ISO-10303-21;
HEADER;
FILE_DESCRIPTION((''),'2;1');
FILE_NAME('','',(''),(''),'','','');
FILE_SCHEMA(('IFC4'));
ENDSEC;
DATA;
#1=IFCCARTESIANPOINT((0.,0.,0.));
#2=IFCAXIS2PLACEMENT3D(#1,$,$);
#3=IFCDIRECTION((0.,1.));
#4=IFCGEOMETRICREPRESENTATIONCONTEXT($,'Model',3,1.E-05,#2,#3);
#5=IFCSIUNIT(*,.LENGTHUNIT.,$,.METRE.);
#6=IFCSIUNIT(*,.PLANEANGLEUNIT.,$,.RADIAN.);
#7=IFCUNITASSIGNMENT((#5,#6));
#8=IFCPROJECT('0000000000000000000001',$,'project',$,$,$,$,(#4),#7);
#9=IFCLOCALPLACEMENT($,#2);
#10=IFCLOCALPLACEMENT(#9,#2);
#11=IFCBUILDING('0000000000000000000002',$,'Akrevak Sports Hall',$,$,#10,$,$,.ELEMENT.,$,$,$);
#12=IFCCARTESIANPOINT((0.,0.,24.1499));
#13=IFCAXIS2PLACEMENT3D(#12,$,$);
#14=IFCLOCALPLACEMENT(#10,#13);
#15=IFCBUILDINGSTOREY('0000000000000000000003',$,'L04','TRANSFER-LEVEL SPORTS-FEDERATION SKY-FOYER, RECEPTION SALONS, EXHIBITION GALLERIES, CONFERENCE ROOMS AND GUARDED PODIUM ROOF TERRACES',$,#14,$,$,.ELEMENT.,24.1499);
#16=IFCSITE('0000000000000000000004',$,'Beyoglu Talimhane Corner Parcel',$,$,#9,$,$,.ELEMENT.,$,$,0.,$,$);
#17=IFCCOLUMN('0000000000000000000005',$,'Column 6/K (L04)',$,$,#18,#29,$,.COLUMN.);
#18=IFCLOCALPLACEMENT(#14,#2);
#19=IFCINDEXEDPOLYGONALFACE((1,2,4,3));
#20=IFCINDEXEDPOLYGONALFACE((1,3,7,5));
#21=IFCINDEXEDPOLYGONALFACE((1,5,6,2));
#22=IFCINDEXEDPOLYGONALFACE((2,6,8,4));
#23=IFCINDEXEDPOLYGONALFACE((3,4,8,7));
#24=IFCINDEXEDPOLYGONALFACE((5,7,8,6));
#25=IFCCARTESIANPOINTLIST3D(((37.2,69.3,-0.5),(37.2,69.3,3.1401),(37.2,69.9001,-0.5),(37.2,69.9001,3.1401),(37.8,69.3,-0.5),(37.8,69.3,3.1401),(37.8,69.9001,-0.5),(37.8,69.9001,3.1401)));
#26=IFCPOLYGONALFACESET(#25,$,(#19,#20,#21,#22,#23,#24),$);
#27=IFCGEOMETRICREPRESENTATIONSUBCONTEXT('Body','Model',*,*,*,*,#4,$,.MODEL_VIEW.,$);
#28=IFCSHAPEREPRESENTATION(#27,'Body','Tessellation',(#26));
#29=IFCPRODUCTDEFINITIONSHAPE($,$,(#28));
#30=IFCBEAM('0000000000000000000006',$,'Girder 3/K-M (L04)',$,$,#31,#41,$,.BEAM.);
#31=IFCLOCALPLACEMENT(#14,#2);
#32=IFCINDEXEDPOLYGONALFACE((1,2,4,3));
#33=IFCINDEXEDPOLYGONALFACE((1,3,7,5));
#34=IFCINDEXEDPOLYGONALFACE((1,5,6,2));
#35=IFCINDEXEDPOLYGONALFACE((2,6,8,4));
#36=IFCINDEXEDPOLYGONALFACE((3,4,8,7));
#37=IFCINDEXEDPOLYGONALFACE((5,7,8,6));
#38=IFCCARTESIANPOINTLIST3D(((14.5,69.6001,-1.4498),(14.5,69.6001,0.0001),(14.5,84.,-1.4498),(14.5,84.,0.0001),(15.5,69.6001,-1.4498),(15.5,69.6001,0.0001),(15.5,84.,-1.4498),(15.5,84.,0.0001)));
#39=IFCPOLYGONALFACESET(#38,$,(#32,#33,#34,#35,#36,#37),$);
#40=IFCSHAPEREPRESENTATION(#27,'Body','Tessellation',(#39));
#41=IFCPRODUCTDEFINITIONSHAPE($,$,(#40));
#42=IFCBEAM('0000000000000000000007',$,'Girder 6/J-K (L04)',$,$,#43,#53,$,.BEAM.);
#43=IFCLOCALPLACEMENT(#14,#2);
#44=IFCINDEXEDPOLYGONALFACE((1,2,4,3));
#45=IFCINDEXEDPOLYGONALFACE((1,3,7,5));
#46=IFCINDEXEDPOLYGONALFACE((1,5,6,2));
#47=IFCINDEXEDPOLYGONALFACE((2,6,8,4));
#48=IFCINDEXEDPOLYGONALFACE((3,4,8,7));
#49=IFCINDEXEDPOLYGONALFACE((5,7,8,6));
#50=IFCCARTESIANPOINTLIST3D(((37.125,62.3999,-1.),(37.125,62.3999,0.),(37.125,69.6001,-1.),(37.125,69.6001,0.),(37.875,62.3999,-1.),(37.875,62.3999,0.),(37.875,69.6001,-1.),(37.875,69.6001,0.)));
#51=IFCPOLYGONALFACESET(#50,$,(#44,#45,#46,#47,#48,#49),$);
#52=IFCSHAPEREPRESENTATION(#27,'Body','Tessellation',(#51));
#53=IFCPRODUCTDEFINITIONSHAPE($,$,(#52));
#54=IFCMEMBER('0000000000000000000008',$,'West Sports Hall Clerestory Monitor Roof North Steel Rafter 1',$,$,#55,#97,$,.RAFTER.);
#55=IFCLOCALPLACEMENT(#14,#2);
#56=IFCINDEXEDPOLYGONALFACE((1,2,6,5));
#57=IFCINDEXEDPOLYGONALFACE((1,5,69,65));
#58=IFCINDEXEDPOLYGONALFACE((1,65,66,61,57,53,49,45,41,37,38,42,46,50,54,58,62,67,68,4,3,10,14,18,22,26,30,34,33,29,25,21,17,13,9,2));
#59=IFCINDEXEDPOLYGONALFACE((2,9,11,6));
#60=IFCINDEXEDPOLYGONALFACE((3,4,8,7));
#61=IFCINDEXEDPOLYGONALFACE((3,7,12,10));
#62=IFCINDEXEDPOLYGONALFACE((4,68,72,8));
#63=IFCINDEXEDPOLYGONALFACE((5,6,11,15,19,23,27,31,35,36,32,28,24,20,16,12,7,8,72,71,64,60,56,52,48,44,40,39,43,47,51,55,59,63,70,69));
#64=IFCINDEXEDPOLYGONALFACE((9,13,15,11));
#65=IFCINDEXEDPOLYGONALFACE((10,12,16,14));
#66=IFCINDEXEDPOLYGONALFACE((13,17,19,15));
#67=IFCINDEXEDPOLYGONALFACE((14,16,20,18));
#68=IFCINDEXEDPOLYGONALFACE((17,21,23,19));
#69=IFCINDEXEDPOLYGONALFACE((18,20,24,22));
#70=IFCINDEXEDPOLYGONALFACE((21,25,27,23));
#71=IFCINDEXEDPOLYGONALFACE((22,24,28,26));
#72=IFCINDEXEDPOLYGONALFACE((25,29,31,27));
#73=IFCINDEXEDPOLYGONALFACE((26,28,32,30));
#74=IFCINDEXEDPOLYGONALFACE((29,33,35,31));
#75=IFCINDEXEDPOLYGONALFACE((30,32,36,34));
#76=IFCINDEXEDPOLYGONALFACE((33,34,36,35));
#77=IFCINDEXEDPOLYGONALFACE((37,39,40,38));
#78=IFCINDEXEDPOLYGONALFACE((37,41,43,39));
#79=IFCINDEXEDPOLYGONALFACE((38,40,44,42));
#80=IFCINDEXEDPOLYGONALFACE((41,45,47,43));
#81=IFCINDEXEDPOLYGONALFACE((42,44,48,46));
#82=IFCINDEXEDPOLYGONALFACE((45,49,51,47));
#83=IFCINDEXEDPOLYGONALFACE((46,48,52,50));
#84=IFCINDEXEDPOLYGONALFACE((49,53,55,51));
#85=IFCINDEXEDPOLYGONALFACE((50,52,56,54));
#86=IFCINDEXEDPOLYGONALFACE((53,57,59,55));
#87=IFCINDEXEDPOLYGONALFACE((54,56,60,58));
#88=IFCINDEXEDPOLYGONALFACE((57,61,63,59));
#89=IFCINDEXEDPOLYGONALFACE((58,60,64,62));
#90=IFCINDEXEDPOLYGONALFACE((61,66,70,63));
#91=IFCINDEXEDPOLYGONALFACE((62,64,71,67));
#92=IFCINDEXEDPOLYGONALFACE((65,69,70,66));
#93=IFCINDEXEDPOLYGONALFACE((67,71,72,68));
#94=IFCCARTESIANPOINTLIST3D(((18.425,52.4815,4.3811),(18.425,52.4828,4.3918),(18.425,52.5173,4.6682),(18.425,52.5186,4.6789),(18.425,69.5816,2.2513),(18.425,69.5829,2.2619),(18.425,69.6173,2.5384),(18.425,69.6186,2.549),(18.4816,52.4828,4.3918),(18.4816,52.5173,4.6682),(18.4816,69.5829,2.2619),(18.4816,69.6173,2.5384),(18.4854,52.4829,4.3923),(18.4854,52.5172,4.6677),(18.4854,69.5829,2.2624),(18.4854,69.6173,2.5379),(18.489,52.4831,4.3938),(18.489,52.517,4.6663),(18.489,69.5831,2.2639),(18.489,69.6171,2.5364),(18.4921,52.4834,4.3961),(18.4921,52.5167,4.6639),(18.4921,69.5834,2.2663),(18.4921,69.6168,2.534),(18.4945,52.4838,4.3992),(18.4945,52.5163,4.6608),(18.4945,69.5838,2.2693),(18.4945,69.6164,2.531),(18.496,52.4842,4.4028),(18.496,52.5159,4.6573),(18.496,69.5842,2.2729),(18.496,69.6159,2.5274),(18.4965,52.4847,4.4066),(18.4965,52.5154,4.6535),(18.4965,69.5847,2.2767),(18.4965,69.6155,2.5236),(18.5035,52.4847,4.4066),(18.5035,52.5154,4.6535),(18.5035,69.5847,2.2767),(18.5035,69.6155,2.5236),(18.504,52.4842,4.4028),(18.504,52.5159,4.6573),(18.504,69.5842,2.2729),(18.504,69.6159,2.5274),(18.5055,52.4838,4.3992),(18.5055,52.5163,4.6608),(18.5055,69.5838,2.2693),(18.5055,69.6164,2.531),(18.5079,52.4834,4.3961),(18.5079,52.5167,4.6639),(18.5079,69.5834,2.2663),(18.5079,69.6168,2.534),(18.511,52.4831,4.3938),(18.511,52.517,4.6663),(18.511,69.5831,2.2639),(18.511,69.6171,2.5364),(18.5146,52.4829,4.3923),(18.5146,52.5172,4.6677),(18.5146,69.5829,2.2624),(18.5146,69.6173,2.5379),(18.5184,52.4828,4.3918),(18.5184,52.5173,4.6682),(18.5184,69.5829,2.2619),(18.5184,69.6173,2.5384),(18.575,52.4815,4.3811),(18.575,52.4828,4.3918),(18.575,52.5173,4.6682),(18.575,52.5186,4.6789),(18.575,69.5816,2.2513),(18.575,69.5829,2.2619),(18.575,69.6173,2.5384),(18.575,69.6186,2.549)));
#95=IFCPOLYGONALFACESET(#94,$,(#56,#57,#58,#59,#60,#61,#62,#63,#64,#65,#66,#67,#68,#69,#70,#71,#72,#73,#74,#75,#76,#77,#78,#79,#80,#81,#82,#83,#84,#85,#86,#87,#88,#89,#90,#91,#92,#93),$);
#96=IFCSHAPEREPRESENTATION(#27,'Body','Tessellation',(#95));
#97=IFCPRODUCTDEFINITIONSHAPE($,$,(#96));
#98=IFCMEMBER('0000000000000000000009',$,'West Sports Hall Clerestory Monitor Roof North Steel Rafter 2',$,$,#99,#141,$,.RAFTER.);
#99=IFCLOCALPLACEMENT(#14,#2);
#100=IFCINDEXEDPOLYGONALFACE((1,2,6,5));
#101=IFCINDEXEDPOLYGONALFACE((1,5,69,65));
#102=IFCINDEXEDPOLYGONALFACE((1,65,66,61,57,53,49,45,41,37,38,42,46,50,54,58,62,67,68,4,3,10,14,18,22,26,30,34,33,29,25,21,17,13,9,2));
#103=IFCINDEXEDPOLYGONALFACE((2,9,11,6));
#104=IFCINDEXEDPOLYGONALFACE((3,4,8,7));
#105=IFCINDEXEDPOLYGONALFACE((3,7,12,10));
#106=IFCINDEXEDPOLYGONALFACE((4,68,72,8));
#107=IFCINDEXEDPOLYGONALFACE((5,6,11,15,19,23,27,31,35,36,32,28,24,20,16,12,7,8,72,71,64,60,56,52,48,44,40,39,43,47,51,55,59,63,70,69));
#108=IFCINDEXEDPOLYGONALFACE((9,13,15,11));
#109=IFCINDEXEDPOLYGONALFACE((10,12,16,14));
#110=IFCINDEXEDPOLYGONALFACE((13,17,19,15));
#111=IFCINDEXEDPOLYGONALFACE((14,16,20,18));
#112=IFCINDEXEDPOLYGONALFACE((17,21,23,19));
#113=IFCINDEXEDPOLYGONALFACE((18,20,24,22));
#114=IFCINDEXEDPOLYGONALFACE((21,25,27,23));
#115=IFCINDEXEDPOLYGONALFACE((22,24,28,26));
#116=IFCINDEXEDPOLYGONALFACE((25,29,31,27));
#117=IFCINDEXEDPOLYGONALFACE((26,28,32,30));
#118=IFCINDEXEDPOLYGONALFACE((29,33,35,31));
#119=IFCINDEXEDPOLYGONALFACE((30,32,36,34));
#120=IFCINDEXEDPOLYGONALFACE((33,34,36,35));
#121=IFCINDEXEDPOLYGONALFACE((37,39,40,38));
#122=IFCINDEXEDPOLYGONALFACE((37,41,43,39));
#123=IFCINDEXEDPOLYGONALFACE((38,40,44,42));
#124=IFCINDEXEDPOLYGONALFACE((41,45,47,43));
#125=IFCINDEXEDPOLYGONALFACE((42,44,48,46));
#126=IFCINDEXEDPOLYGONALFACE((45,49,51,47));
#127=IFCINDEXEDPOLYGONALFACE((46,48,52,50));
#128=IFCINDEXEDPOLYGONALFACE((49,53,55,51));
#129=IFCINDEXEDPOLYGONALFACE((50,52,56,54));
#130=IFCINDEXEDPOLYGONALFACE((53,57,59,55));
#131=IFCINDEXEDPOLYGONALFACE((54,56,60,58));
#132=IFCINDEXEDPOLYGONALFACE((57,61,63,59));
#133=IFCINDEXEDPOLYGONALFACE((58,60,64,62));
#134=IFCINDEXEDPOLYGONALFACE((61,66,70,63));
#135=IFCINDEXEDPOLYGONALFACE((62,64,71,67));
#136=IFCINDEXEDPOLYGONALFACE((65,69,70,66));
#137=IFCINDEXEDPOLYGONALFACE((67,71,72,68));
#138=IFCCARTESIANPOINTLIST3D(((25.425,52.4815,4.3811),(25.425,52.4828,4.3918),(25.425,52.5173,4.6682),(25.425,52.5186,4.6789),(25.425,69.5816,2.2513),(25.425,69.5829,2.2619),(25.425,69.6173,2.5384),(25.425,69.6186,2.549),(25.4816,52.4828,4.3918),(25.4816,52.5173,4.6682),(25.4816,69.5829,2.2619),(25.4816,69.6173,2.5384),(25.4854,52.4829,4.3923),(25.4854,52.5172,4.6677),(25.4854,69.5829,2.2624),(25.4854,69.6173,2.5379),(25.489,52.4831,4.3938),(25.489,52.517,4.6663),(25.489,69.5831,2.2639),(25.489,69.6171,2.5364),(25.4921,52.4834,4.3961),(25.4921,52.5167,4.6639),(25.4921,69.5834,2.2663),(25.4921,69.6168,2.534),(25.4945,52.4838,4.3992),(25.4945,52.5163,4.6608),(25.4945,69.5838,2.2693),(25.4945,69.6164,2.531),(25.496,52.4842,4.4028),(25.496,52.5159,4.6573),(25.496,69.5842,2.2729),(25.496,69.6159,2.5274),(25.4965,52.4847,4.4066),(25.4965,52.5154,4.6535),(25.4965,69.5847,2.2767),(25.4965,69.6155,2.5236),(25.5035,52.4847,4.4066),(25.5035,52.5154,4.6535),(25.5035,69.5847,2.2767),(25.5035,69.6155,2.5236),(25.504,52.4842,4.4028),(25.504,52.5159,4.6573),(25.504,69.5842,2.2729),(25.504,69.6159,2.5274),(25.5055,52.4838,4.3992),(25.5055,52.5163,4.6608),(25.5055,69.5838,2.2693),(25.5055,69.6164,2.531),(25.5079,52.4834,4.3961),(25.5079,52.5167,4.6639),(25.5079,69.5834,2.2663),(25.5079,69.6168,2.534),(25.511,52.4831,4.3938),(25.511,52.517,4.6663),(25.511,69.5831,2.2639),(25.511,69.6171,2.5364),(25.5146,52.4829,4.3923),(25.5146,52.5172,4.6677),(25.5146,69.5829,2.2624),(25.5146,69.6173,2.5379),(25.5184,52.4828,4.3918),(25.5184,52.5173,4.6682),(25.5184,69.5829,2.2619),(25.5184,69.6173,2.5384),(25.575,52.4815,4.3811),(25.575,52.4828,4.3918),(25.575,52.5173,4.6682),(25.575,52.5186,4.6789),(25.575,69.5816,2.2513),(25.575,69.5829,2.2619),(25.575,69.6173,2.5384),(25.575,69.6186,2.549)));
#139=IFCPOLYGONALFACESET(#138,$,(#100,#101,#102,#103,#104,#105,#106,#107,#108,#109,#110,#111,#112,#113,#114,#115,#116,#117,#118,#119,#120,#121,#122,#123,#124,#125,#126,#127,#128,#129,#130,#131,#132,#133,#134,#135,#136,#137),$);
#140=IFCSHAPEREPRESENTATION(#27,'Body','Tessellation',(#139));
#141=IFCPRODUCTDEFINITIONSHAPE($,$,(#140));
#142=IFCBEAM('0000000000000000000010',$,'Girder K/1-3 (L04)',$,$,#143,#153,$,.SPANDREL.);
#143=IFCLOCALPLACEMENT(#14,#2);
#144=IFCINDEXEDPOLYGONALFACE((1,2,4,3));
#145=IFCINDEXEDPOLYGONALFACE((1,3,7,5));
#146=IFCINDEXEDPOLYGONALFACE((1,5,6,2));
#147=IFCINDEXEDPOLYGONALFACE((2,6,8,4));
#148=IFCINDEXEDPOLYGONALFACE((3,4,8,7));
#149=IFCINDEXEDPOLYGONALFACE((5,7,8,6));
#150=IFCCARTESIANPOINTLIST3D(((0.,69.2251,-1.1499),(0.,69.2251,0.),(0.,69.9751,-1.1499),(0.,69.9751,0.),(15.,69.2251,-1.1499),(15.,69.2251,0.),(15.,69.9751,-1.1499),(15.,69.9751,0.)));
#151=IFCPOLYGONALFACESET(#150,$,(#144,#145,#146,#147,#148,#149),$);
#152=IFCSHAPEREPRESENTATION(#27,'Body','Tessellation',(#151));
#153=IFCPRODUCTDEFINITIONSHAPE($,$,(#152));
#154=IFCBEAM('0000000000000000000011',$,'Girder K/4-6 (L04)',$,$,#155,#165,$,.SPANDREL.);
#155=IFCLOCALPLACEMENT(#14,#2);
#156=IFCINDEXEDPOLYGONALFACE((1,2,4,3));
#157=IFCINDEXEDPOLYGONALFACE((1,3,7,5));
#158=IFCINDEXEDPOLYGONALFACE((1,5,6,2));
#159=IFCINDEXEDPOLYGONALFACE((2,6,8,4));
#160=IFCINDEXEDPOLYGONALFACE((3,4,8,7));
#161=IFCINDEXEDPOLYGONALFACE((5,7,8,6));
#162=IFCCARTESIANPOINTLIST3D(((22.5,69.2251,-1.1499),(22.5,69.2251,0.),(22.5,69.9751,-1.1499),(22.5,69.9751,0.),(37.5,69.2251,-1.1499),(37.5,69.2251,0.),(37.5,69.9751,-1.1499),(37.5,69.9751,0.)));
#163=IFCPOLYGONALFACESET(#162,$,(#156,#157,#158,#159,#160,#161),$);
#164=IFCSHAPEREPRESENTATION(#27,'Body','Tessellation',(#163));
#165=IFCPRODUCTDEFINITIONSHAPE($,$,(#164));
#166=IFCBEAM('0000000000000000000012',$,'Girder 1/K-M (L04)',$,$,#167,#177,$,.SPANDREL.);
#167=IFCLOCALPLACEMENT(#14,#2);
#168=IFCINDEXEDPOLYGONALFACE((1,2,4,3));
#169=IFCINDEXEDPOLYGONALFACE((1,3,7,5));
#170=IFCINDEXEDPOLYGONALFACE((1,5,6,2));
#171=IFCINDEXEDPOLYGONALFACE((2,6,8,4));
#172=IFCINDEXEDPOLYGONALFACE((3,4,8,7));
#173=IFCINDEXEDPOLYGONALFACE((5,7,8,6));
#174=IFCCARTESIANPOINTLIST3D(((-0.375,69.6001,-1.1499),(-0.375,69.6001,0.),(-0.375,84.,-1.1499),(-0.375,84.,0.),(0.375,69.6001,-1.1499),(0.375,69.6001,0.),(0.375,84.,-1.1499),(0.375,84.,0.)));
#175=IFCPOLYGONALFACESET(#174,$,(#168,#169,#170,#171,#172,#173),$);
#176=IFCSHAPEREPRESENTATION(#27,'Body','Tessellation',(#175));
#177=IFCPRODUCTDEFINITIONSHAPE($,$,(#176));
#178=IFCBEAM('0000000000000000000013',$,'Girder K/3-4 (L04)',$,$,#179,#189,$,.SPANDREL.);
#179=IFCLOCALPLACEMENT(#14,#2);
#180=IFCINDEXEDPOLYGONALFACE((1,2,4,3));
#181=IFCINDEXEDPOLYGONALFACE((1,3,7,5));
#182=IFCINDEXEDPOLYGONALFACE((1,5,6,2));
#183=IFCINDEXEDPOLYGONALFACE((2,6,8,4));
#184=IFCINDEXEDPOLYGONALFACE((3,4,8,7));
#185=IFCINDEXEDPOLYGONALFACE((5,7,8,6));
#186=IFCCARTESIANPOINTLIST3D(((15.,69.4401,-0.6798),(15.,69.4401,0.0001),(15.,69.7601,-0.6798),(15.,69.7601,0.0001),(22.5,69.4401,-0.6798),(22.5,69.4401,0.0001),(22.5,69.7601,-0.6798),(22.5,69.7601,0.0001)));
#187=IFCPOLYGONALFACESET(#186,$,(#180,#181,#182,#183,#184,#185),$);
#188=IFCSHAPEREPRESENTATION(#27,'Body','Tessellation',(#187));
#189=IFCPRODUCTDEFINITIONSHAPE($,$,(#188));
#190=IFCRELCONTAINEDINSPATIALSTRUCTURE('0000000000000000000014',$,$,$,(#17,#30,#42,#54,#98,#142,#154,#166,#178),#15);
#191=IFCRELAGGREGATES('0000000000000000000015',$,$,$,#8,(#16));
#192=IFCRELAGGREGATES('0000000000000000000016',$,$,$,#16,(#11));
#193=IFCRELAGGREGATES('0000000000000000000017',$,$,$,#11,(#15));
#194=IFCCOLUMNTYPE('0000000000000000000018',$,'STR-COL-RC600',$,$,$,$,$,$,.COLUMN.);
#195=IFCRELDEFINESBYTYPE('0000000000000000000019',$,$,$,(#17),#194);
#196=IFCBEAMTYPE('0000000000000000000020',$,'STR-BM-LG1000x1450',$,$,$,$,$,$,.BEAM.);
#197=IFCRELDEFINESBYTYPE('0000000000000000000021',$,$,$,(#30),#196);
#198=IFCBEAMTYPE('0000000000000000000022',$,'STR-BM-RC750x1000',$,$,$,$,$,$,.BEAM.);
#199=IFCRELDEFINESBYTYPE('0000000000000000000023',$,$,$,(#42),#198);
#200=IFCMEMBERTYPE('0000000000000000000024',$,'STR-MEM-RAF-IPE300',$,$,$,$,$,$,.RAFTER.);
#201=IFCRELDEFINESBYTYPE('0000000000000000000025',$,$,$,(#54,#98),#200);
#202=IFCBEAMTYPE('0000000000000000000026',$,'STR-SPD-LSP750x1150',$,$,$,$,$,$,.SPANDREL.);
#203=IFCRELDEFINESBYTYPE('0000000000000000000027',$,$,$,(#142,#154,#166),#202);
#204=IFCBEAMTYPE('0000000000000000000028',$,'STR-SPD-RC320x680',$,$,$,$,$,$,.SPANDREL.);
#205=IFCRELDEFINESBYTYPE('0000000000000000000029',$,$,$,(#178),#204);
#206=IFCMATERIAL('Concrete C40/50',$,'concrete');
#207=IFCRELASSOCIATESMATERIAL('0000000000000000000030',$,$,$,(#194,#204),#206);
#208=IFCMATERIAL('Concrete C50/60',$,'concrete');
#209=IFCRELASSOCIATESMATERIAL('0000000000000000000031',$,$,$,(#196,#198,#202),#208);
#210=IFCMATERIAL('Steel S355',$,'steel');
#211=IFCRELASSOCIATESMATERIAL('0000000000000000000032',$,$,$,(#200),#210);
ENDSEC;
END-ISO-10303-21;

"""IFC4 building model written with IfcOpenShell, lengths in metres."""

from ifc_helpers import new_model, si_unit, direction, frame, origin, origin_2d, place, context, subcontext, project, spatial, rectangle, i_section, extrude, material, material_profile, profile_set, type_object, element, save


model = new_model("IFC4")

# Units and contexts
model_context = context("Model", 3, precision=1e-05, world=origin(), true_north=direction((0.0, 1.0)))
body_context = subcontext(model_context, "Body", "Model", "MODEL_VIEW")
ifc_project = project(units=[si_unit("LENGTHUNIT", "METRE"), si_unit("PLANEANGLEUNIT", "RADIAN")], contexts=[model_context])

# Site, building, storey
site_placement = place(None, origin())
site = spatial("IfcSite", under=ifc_project, at=site_placement, Name="Beyoglu Talimhane Corner Parcel", CompositionType="ELEMENT", RefElevation=0.0)
building_placement = place(site_placement, origin())
building = spatial("IfcBuilding", under=site, at=building_placement, Name="Akrevak Sports Hall", CompositionType="ELEMENT")
storey_placement = place(building_placement, frame((0.0, 0.0, 24.1499)))
storey = spatial("IfcBuildingStorey", under=building, at=storey_placement, Name="L04", Description="TRANSFER-LEVEL SPORTS-FEDERATION SKY-FOYER, RECEPTION SALONS, EXHIBITION GALLERIES, CONFERENCE ROOMS AND GUARDED PODIUM ROOF TERRACES", CompositionType="ELEMENT", Elevation=24.1499)

# Column
ifc_material_1 = material(Name="Concrete C40/50", Category="concrete")
ifc_material_profile_1 = material_profile(ifc_material_1, rectangle(XDim=0.6001, YDim=0.6001, at=origin_2d()), Name="RC 600x600", Category="concrete")
ifc_profile_set_1 = profile_set([ifc_material_profile_1], Name="Concrete C40/50")
column_type = type_object("IfcColumnType", Name="STR-COL-RC600", PredefinedType="COLUMN", material=ifc_profile_set_1)
column_placement = place(storey_placement, frame((37.5, 69.6001, -0.5), z_axis=(0.0, 0.0, 1.0), x_axis=(1.0, 0.0, 0.0)))
element("IfcColumn", 1, at=column_placement, inside=storey, type_object=column_type, Name="Column 6/K (L04)", PredefinedType="COLUMN", context=body_context, shape_type="SweptSolid", body=[
    extrude(rectangle(XDim=0.6001, YDim=0.6001, at=origin_2d()), origin(), (0.0, 0.0, 1.0), 3.6401),
])

# Beams
ifc_material_2 = material(Name="Concrete C50/60", Category="concrete")
ifc_material_profile_2 = material_profile(ifc_material_2, rectangle(XDim=1.0, YDim=1.45, at=origin_2d()), Name="BM 1000x1450", Category="concrete")
ifc_profile_set_2 = profile_set([ifc_material_profile_2], Name="Concrete C50/60")
beam_type_1 = type_object("IfcBeamType", Name="STR-BM-LG1000x1450", PredefinedType="BEAM", material=ifc_profile_set_2)
beam_1_placement = place(storey_placement, frame((15.0, 69.6001, -0.7249), z_axis=(0.0, 1.0, 0.0), x_axis=(-1.0, 0.0, 0.0)))
element("IfcBeam", 2, at=beam_1_placement, inside=storey, type_object=beam_type_1, Name="Girder 3/K-M (L04)", PredefinedType="BEAM", context=body_context, shape_type="SweptSolid", body=[
    extrude(rectangle(XDim=1.0, YDim=1.45, at=origin_2d()), origin(), (0.0, 0.0, 1.0), 14.3999),
])
ifc_material_profile_3 = material_profile(ifc_material_2, rectangle(XDim=0.75, YDim=1.0, at=origin_2d()), Name="BM 750x1000", Category="concrete")
ifc_profile_set_3 = profile_set([ifc_material_profile_3], Name="Concrete C50/60")
beam_type_2 = type_object("IfcBeamType", Name="STR-BM-RC750x1000", PredefinedType="BEAM", material=ifc_profile_set_3)
beam_2_placement = place(storey_placement, frame((37.5, 62.3999, -0.5), z_axis=(0.0, 1.0, 0.0), x_axis=(-1.0, 0.0, 0.0)))
element("IfcBeam", 3, at=beam_2_placement, inside=storey, type_object=beam_type_2, Name="Girder 6/J-K (L04)", PredefinedType="BEAM", context=body_context, shape_type="SweptSolid", body=[
    extrude(rectangle(XDim=0.75, YDim=1.0, at=origin_2d()), origin(), (0.0, 0.0, 1.0), 7.2002),
])

# Members
ifc_material_3 = material(Name="Steel S355", Category="steel")
ifc_material_profile_4 = material_profile(ifc_material_3, i_section(OverallWidth=0.1499, OverallDepth=0.3, WebThickness=0.0071, FlangeThickness=0.0107, FilletRadius=0.0149, at=origin_2d()), Name="IPE 300", Category="steel")
ifc_profile_set_4 = profile_set([ifc_material_profile_4], Name="Steel S355")
member_type = type_object("IfcMemberType", Name="STR-MEM-RAF-IPE300", PredefinedType="RAFTER", material=ifc_profile_set_4)
for number, where, z_axis, x_axis, name in (
    (4, (18.5, 69.6001, 2.4001), (0.0, -0.992332, 0.123599), (1.0, 0.0, 0.0), "West Sports Hall Clerestory Monitor Roof North Steel Rafter 1"),
    (5, (25.5, 69.6001, 2.4001), (0.0, -0.992332, 0.123599), (1.0, 0.0, 0.0), "West Sports Hall Clerestory Monitor Roof North Steel Rafter 2"),
):
    element("IfcMember", number, at=place(storey_placement, frame(where, z_axis=z_axis, x_axis=x_axis)), inside=storey, type_object=member_type, Name=name, PredefinedType="RAFTER", context=body_context, shape_type="SweptSolid", body=[
        extrude(i_section(OverallWidth=0.1499, OverallDepth=0.3, WebThickness=0.0071, FlangeThickness=0.0107, FilletRadius=0.0149, at=origin_2d()), origin(), (0.0, 0.0, 1.0), 17.2322),
    ])

# Beams
ifc_material_profile_5 = material_profile(ifc_material_2, rectangle(XDim=0.75, YDim=1.1499, at=origin_2d()), Name="SPD 750x1150", Category="concrete")
ifc_profile_set_5 = profile_set([ifc_material_profile_5], Name="Concrete C50/60")
beam_type_3 = type_object("IfcBeamType", Name="STR-SPD-LSP750x1150", PredefinedType="SPANDREL", material=ifc_profile_set_5)
for number, where, z_axis, x_axis, name in (
    (6, (0.0, 69.6001, -0.575), (1.0, 0.0, 0.0), (0.0, 1.0, 0.0), "Girder K/1-3 (L04)"),
    (7, (22.5, 69.6001, -0.575), (1.0, 0.0, 0.0), (0.0, 1.0, 0.0), "Girder K/4-6 (L04)"),
):
    element("IfcBeam", number, at=place(storey_placement, frame(where, z_axis=z_axis, x_axis=x_axis)), inside=storey, type_object=beam_type_3, Name=name, PredefinedType="SPANDREL", context=body_context, shape_type="SweptSolid", body=[
        extrude(rectangle(XDim=0.75, YDim=1.1499, at=origin_2d()), origin(), (0.0, 0.0, 1.0), 15.0),
    ])
beam_3_placement = place(storey_placement, frame((0.0, 69.6001, -0.575), z_axis=(0.0, 1.0, 0.0), x_axis=(-1.0, 0.0, 0.0)))
element("IfcBeam", 8, at=beam_3_placement, inside=storey, type_object=beam_type_3, Name="Girder 1/K-M (L04)", PredefinedType="SPANDREL", context=body_context, shape_type="SweptSolid", body=[
    extrude(rectangle(XDim=0.75, YDim=1.1499, at=origin_2d()), origin(), (0.0, 0.0, 1.0), 14.3999),
])
ifc_material_profile_6 = material_profile(ifc_material_1, rectangle(XDim=0.3201, YDim=0.6799, at=origin_2d()), Name="SPD 320x680", Category="concrete")
ifc_profile_set_6 = profile_set([ifc_material_profile_6], Name="Concrete C40/50")
beam_type_4 = type_object("IfcBeamType", Name="STR-SPD-RC320x680", PredefinedType="SPANDREL", material=ifc_profile_set_6)
for number, where, z_axis, x_axis, name in (
    (9, (15.0, 69.6001, -0.3398), (1.0, 0.0, 0.0), (0.0, 1.0, 0.0), "Girder K/3-4 (L04)"),
):
    element("IfcBeam", number, at=place(storey_placement, frame(where, z_axis=z_axis, x_axis=x_axis)), inside=storey, type_object=beam_type_4, Name=name, PredefinedType="SPANDREL", context=body_context, shape_type="SweptSolid", body=[
        extrude(rectangle(XDim=0.3201, YDim=0.6799, at=origin_2d()), origin(), (0.0, 0.0, 1.0), 7.5),
    ])

save(model, "model.ifc")
